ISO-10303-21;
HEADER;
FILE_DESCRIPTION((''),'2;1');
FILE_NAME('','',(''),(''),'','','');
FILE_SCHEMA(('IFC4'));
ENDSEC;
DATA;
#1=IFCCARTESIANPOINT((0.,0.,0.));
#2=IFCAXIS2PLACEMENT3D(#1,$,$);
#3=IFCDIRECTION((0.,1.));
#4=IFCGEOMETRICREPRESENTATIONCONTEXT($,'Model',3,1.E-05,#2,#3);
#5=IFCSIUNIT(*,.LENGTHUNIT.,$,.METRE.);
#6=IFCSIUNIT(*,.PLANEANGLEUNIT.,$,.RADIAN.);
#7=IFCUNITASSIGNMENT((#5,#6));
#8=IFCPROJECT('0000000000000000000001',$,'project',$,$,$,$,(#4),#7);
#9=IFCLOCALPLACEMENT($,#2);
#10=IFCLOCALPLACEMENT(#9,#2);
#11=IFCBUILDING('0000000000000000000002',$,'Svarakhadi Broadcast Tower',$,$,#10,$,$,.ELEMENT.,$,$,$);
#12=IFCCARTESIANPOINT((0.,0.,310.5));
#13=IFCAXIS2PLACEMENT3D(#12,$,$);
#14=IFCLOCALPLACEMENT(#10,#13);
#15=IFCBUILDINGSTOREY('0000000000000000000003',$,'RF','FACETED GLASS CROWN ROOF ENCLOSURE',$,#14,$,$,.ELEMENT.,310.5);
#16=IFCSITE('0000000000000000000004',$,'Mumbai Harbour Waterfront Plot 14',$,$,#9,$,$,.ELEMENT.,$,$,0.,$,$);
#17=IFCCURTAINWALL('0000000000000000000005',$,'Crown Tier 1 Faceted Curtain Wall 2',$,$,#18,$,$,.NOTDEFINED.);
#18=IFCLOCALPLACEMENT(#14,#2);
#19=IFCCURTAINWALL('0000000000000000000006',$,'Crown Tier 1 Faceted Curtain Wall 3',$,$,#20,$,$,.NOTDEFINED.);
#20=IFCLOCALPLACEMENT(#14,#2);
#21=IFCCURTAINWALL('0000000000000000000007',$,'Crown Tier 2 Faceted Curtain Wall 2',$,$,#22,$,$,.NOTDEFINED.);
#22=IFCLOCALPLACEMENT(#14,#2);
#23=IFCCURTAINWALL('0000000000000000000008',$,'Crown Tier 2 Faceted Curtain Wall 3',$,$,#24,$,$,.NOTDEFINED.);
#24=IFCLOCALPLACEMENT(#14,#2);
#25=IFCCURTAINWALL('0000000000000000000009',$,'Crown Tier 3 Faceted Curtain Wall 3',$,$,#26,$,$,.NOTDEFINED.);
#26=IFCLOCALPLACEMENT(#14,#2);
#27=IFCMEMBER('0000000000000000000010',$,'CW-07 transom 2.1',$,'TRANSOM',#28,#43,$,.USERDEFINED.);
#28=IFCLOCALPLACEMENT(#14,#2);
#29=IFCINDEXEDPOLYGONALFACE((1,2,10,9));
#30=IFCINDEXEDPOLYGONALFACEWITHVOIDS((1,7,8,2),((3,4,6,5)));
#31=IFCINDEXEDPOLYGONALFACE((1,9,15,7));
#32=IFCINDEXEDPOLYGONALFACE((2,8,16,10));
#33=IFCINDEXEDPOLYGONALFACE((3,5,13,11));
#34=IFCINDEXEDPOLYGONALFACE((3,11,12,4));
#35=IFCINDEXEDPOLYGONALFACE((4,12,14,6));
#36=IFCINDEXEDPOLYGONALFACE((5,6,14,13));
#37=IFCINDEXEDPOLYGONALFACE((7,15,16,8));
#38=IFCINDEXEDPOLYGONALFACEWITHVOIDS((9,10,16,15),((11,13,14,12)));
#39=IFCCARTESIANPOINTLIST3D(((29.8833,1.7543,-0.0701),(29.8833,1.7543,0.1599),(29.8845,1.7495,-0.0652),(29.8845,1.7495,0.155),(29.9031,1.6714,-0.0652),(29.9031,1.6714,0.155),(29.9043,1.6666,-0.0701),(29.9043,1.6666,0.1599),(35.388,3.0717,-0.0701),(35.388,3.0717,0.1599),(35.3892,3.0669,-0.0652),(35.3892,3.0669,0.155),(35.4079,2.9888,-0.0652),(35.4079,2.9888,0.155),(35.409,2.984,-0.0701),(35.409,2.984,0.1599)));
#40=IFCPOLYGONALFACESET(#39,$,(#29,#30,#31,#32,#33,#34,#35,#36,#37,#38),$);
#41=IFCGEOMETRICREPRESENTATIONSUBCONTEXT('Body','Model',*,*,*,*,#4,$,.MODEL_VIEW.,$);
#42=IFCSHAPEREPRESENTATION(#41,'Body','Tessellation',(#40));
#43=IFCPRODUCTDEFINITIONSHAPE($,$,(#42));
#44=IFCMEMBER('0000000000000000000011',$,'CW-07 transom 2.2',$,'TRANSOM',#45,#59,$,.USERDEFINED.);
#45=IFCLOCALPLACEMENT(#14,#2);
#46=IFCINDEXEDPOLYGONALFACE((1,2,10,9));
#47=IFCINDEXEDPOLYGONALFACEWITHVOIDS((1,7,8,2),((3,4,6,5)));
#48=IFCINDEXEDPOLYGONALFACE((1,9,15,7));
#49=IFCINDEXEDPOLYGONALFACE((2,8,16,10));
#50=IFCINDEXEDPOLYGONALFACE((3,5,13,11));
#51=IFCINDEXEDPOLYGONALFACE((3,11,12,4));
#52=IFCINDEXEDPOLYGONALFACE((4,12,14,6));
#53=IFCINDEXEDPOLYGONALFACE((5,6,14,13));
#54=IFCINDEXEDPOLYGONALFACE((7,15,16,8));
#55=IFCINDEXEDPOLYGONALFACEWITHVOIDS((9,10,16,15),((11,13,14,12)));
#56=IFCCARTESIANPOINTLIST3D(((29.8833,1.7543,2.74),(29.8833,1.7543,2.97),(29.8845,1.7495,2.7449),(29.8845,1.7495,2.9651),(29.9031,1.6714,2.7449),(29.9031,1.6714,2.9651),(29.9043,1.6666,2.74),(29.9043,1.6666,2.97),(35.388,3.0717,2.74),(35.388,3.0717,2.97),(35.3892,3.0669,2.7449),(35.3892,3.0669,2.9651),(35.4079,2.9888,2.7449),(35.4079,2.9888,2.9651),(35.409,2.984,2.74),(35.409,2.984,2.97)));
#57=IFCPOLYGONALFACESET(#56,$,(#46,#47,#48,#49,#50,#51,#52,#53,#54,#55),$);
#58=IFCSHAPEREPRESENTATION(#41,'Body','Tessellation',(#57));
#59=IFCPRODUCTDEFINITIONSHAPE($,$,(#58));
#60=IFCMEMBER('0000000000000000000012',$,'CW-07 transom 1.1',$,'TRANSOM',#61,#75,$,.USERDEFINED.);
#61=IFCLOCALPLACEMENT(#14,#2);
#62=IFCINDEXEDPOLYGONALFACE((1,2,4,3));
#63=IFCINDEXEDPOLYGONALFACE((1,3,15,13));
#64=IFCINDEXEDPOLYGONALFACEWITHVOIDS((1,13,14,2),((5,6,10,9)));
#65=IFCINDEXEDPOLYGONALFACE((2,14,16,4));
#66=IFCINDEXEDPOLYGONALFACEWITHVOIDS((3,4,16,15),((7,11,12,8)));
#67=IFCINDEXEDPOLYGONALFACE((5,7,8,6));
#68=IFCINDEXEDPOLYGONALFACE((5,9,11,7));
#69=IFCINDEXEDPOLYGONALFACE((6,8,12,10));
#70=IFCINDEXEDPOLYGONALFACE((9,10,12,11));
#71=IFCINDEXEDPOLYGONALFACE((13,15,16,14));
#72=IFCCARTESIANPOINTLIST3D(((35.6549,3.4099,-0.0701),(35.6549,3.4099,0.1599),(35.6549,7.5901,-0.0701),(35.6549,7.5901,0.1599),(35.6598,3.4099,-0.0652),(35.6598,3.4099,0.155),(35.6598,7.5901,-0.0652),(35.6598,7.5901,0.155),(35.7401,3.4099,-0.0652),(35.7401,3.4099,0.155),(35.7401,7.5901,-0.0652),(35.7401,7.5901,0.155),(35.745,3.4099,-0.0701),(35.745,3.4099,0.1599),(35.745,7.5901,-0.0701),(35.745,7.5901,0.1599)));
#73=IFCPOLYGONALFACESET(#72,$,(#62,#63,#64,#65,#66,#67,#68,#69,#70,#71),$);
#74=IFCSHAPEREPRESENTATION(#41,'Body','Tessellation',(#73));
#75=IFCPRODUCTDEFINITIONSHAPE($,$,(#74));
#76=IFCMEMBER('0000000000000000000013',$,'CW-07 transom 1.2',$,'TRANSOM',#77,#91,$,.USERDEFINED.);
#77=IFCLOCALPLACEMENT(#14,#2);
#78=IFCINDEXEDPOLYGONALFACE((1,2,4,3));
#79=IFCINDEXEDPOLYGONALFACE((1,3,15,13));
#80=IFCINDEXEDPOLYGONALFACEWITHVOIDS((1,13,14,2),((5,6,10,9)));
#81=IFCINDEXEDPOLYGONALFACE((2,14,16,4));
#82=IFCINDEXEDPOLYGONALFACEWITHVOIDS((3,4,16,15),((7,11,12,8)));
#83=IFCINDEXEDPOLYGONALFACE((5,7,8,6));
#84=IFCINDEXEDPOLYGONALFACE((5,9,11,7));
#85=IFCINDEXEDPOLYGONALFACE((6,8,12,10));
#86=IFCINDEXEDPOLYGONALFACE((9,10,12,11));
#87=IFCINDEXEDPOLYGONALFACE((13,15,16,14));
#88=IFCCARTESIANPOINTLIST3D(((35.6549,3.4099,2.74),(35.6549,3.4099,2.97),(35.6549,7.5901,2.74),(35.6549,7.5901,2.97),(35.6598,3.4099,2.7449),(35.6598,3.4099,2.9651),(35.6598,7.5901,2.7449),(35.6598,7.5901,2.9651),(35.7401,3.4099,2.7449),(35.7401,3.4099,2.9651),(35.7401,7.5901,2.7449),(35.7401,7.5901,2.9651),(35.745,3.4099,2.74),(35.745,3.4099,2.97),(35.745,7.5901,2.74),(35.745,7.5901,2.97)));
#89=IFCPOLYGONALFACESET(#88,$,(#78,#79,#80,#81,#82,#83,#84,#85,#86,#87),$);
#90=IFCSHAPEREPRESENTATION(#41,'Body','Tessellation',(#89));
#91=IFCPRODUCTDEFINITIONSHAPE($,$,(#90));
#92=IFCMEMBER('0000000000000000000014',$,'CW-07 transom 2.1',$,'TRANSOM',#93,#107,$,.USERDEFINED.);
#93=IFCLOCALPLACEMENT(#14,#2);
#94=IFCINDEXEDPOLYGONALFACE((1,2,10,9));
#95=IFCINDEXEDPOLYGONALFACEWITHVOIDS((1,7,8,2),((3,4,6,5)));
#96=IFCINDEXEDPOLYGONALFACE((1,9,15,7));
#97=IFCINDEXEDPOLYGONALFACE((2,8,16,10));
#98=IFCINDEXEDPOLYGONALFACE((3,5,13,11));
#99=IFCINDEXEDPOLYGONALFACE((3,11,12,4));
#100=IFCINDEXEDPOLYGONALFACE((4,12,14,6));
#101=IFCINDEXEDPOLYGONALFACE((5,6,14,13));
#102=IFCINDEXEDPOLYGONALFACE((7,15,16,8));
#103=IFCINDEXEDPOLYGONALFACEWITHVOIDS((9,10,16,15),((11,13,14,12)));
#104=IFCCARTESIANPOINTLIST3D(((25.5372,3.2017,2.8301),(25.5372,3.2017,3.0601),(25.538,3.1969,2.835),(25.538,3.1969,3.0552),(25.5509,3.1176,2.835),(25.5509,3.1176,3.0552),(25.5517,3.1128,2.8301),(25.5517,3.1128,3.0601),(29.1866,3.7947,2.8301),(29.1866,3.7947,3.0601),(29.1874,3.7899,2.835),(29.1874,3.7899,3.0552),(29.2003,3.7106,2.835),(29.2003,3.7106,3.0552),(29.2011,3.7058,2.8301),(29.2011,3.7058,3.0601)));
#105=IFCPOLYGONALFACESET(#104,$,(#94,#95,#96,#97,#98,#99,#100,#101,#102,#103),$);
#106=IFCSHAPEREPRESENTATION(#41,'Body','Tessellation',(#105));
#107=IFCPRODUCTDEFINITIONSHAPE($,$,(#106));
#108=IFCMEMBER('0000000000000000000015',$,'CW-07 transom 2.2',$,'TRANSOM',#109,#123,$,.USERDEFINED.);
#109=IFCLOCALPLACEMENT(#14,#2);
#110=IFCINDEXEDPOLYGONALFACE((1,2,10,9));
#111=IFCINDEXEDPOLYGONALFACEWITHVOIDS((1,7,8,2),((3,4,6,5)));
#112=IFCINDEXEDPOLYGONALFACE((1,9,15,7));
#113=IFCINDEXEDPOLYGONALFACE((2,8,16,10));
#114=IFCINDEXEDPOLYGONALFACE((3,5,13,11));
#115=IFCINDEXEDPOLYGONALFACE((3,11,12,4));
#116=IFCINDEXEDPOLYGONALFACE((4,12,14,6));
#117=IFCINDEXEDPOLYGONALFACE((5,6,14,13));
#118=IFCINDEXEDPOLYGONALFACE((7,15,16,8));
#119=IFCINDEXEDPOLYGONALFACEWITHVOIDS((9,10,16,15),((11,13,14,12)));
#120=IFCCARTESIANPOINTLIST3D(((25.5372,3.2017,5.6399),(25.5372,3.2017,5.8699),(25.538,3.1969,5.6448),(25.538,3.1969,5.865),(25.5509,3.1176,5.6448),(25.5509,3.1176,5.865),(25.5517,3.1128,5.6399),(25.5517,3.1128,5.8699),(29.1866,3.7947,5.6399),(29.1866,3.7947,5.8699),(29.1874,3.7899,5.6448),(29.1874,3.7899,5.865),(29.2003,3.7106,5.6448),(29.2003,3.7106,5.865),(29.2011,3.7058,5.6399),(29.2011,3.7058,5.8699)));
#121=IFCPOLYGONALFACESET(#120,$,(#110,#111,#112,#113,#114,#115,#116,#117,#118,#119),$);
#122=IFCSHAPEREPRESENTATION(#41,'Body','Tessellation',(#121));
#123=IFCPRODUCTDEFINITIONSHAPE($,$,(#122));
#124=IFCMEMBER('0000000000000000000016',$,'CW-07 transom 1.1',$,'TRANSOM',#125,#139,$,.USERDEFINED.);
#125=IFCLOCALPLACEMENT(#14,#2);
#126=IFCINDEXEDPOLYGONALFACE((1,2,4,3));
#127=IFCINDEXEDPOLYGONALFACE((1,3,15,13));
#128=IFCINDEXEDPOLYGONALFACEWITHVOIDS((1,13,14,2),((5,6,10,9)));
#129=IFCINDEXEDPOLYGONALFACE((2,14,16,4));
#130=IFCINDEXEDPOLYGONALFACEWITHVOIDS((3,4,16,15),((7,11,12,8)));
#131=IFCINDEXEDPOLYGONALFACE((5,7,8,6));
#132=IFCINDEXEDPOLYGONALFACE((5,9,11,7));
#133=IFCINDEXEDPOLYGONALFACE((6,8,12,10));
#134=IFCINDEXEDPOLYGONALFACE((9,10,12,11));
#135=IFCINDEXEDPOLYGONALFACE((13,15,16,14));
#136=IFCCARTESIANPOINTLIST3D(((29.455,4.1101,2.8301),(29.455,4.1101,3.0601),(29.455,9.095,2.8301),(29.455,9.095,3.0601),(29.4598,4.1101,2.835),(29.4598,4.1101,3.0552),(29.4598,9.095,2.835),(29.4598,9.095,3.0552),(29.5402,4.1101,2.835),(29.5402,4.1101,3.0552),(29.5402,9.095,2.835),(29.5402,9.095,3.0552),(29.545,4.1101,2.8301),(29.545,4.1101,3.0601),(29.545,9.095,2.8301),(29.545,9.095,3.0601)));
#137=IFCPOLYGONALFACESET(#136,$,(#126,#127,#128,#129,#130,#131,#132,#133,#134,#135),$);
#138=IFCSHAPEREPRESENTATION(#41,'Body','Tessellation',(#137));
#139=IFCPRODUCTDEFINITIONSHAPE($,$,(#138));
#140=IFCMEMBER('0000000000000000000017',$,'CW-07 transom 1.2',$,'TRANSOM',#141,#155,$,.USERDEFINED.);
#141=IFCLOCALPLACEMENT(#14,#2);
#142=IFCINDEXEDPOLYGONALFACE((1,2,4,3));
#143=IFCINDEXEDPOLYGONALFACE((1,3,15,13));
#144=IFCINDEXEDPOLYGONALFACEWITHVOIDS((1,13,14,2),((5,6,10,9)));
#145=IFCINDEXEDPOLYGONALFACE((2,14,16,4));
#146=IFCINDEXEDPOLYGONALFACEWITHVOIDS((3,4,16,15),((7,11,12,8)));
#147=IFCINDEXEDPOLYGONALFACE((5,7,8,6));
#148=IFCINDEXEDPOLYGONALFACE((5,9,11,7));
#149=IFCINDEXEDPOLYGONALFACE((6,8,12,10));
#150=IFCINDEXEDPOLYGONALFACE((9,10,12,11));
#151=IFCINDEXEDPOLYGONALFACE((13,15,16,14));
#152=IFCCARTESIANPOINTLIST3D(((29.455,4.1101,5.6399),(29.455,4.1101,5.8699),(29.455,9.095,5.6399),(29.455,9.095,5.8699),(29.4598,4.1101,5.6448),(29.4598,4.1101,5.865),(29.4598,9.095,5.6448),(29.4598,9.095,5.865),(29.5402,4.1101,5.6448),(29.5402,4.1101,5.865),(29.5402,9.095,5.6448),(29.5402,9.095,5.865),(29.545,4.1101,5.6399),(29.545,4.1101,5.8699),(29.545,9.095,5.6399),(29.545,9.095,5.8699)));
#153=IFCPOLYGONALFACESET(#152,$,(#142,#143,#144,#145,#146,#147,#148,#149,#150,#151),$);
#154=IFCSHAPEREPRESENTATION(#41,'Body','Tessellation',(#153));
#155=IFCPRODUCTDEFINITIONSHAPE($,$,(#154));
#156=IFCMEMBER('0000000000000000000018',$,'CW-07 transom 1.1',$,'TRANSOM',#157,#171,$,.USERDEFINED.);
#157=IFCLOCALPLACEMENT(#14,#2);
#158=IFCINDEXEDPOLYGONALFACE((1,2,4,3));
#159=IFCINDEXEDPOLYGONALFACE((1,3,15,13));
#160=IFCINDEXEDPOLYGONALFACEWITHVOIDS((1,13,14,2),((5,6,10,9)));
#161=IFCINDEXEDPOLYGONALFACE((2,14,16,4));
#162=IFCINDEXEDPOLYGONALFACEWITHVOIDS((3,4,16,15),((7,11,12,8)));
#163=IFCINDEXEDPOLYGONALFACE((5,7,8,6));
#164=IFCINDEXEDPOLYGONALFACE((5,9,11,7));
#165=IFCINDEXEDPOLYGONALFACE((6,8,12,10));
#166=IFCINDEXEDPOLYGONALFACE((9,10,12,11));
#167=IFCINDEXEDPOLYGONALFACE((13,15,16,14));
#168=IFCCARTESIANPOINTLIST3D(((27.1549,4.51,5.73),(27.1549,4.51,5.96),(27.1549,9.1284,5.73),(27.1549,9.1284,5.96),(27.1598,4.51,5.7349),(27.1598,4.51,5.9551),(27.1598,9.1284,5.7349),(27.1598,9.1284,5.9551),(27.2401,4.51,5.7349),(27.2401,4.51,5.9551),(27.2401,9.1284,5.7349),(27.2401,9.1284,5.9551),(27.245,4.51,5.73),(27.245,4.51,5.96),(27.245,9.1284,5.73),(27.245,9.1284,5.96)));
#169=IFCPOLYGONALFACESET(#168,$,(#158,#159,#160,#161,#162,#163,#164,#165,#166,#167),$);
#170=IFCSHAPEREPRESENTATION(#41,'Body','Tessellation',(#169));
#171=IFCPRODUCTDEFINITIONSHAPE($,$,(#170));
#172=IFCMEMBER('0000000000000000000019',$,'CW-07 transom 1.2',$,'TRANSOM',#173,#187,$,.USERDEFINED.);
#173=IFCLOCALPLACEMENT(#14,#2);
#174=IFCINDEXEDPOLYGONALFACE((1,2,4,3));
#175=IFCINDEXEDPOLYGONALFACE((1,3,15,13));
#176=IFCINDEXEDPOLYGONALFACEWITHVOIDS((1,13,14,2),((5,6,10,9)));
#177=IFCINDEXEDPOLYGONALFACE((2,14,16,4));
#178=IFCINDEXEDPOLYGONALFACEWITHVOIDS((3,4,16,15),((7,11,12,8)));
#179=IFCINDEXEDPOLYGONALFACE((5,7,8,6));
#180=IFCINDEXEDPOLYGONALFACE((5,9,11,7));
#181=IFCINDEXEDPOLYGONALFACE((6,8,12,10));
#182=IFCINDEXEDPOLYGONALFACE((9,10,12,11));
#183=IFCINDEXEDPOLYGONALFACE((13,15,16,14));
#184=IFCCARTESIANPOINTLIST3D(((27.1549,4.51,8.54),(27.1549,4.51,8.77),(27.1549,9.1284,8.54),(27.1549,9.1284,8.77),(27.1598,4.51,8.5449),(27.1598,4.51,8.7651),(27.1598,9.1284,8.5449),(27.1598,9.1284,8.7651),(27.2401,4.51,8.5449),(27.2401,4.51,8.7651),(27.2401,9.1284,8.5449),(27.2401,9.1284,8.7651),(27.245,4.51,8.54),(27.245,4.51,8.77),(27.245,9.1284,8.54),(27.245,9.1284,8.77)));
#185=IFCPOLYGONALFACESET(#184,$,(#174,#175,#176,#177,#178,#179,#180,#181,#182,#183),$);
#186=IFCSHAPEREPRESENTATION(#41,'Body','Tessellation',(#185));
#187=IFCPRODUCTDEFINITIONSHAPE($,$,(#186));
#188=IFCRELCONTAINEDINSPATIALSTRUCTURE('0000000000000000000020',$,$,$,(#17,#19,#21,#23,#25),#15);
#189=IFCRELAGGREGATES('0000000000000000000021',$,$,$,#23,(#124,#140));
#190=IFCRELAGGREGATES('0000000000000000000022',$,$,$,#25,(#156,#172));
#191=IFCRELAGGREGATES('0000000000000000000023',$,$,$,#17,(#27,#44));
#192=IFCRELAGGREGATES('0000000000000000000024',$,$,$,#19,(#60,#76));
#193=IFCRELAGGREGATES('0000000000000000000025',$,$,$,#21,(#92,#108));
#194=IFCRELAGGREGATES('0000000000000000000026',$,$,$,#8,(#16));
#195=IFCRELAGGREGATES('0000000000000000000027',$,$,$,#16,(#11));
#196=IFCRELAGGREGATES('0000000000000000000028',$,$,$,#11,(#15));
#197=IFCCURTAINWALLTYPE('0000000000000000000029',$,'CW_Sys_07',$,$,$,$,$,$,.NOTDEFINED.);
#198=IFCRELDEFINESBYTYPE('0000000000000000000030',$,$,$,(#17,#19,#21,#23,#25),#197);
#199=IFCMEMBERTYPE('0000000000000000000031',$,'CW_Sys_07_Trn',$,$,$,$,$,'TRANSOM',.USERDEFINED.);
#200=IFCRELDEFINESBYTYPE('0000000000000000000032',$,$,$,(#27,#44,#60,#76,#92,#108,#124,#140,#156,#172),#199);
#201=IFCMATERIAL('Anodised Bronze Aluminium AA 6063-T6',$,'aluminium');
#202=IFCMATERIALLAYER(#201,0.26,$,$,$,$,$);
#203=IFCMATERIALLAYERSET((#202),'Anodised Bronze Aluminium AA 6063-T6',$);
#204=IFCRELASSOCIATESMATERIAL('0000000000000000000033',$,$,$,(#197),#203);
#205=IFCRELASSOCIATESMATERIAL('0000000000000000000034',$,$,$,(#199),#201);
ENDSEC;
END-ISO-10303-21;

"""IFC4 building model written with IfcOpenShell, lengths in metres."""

from ifc_helpers import new_model, si_unit, direction, frame, origin, origin_2d, place, context, subcontext, project, spatial, hollow_rectangle, extrude, material, layer, layer_set, material_profile, profile_set, type_object, element, aggregate, save


model = new_model("IFC4")

# Units and contexts
model_context = context("Model", 3, precision=1e-05, world=origin(), true_north=direction((0.0, 1.0)))
body_context = subcontext(model_context, "Body", "Model", "MODEL_VIEW")
ifc_project = project(units=[si_unit("LENGTHUNIT", "METRE"), si_unit("PLANEANGLEUNIT", "RADIAN")], contexts=[model_context])

# Site, building, storey
site_placement = place(None, origin())
site = spatial("IfcSite", under=ifc_project, at=site_placement, Name="Mumbai Harbour Waterfront Plot 14", CompositionType="ELEMENT", RefElevation=0.0)
building_placement = place(site_placement, origin())
building = spatial("IfcBuilding", under=site, at=building_placement, Name="Svarakhadi Broadcast Tower", CompositionType="ELEMENT")
storey_placement = place(building_placement, frame((0.0, 0.0, 310.5)))
storey = spatial("IfcBuildingStorey", under=building, at=storey_placement, Name="RF", Description="FACETED GLASS CROWN ROOF ENCLOSURE", CompositionType="ELEMENT", Elevation=310.5)

# Curtain wall
ifc_material_1 = material(Name="Anodised Bronze Aluminium AA 6063-T6", Category="aluminium")
ifc_layer_1 = layer(ifc_material_1, 0.26)
ifc_layer_set_1 = layer_set([ifc_layer_1], Name="Anodised Bronze Aluminium AA 6063-T6")
curtain_wall_type = type_object("IfcCurtainWallType", Name="CW_Sys_07", PredefinedType="NOTDEFINED", material=ifc_layer_set_1)
curtain_wall_1_placement = place(storey_placement, origin())
curtain_wall_1 = element("IfcCurtainWall", 1, at=curtain_wall_1_placement, inside=storey, type_object=curtain_wall_type, Name="Crown Tier 1 Faceted Curtain Wall 2", PredefinedType="NOTDEFINED")

# Curtain wall
curtain_wall_2_placement = place(storey_placement, origin())
curtain_wall_2 = element("IfcCurtainWall", 2, at=curtain_wall_2_placement, inside=storey, type_object=curtain_wall_type, Name="Crown Tier 1 Faceted Curtain Wall 3", PredefinedType="NOTDEFINED")

# Curtain wall
curtain_wall_3_placement = place(storey_placement, origin())
curtain_wall_3 = element("IfcCurtainWall", 3, at=curtain_wall_3_placement, inside=storey, type_object=curtain_wall_type, Name="Crown Tier 2 Faceted Curtain Wall 2", PredefinedType="NOTDEFINED")

# Curtain walls
curtain_wall_4_placement = place(storey_placement, origin())
curtain_wall_4 = element("IfcCurtainWall", 4, at=curtain_wall_4_placement, inside=storey, type_object=curtain_wall_type, Name="Crown Tier 2 Faceted Curtain Wall 3", PredefinedType="NOTDEFINED")
curtain_wall_5_placement = place(storey_placement, origin())
curtain_wall_5 = element("IfcCurtainWall", 5, at=curtain_wall_5_placement, inside=storey, type_object=curtain_wall_type, Name="Crown Tier 3 Faceted Curtain Wall 3", PredefinedType="NOTDEFINED")

# Members
ifc_material_profile_1 = material_profile(ifc_material_1, hollow_rectangle(XDim=0.0901, YDim=0.23, WallThickness=0.0049, at=origin_2d()), Name="ALU TRANSOM 230x90x5")
ifc_profile_set_1 = profile_set([ifc_material_profile_1], Name="Anodised Bronze Aluminium AA 6063-T6")
member_type_1 = type_object("IfcMemberType", Name="CW_Sys_07_Trn", ElementType="TRANSOM", PredefinedType="USERDEFINED", material=ifc_profile_set_1)
member_1_placement = place(storey_placement, frame((29.8938, 1.7104, 0.0449), z_axis=(0.972537, 0.23275, 0.0), x_axis=(-0.23275, 0.972537, 0.0)))
member_1 = element("IfcMember", 6, at=member_1_placement, type_object=member_type_1, Name="CW-07 transom 2.1", ObjectType="TRANSOM", PredefinedType="USERDEFINED", context=body_context, shape_type="SweptSolid", body=[
    extrude(hollow_rectangle(XDim=0.0901, YDim=0.23, WallThickness=0.0049, at=origin_2d()), origin(), (0.0, 0.0, 1.0), 5.6602),
])
member_2_placement = place(storey_placement, frame((29.8938, 1.7104, 2.855), z_axis=(0.972537, 0.23275, 0.0), x_axis=(-0.23275, 0.972537, 0.0)))
member_2 = element("IfcMember", 7, at=member_2_placement, type_object=member_type_1, Name="CW-07 transom 2.2", ObjectType="TRANSOM", PredefinedType="USERDEFINED", context=body_context, shape_type="SweptSolid", body=[
    extrude(hollow_rectangle(XDim=0.0901, YDim=0.23, WallThickness=0.0049, at=origin_2d()), origin(), (0.0, 0.0, 1.0), 5.6602),
])
member_3_placement = place(storey_placement, frame((35.7, 3.4099, 0.0449), z_axis=(0.0, 1.0, 0.0), x_axis=(-1.0, 0.0, 0.0)))
member_3 = element("IfcMember", 8, at=member_3_placement, type_object=member_type_1, Name="CW-07 transom 1.1", ObjectType="TRANSOM", PredefinedType="USERDEFINED", context=body_context, shape_type="SweptSolid", body=[
    extrude(hollow_rectangle(XDim=0.0901, YDim=0.23, WallThickness=0.0049, at=origin_2d()), origin(), (0.0, 0.0, 1.0), 4.1802),
])
member_4_placement = place(storey_placement, frame((35.7, 3.4099, 2.855), z_axis=(0.0, 1.0, 0.0), x_axis=(-1.0, 0.0, 0.0)))
member_4 = element("IfcMember", 9, at=member_4_placement, type_object=member_type_1, Name="CW-07 transom 1.2", ObjectType="TRANSOM", PredefinedType="USERDEFINED", context=body_context, shape_type="SweptSolid", body=[
    extrude(hollow_rectangle(XDim=0.0901, YDim=0.23, WallThickness=0.0049, at=origin_2d()), origin(), (0.0, 0.0, 1.0), 4.1802),
])
member_5_placement = place(storey_placement, frame((25.5444, 3.1572, 2.9451), z_axis=(0.987053, 0.160393, 0.0), x_axis=(-0.160393, 0.987053, 0.0)))
member_5 = element("IfcMember", 10, at=member_5_placement, type_object=member_type_1, Name="CW-07 transom 2.1", ObjectType="TRANSOM", PredefinedType="USERDEFINED", context=body_context, shape_type="SweptSolid", body=[
    extrude(hollow_rectangle(XDim=0.0901, YDim=0.23, WallThickness=0.0049, at=origin_2d()), origin(), (0.0, 0.0, 1.0), 3.6973),
])
member_6_placement = place(storey_placement, frame((25.5444, 3.1572, 5.7549), z_axis=(0.987053, 0.160393, 0.0), x_axis=(-0.160393, 0.987053, 0.0)))
member_6 = element("IfcMember", 11, at=member_6_placement, type_object=member_type_1, Name="CW-07 transom 2.2", ObjectType="TRANSOM", PredefinedType="USERDEFINED", context=body_context, shape_type="SweptSolid", body=[
    extrude(hollow_rectangle(XDim=0.0901, YDim=0.23, WallThickness=0.0049, at=origin_2d()), origin(), (0.0, 0.0, 1.0), 3.6973),
])
member_7_placement = place(storey_placement, frame((29.5, 4.1101, 2.9451), z_axis=(0.0, 1.0, 0.0), x_axis=(-1.0, 0.0, 0.0)))
member_7 = element("IfcMember", 12, at=member_7_placement, type_object=member_type_1, Name="CW-07 transom 1.1", ObjectType="TRANSOM", PredefinedType="USERDEFINED", context=body_context, shape_type="SweptSolid", body=[
    extrude(hollow_rectangle(XDim=0.0901, YDim=0.23, WallThickness=0.0049, at=origin_2d()), origin(), (0.0, 0.0, 1.0), 4.9849),
])
member_8_placement = place(storey_placement, frame((29.5, 4.1101, 5.7549), z_axis=(0.0, 1.0, 0.0), x_axis=(-1.0, 0.0, 0.0)))
member_8 = element("IfcMember", 13, at=member_8_placement, type_object=member_type_1, Name="CW-07 transom 1.2", ObjectType="TRANSOM", PredefinedType="USERDEFINED", context=body_context, shape_type="SweptSolid", body=[
    extrude(hollow_rectangle(XDim=0.0901, YDim=0.23, WallThickness=0.0049, at=origin_2d()), origin(), (0.0, 0.0, 1.0), 4.9849),
])
aggregate(curtain_wall_4, [member_7, member_8])
member_9_placement = place(storey_placement, frame((27.2, 4.51, 5.845), z_axis=(0.0, 1.0, 0.0), x_axis=(-1.0, 0.0, 0.0)))
member_9 = element("IfcMember", 14, at=member_9_placement, type_object=member_type_1, Name="CW-07 transom 1.1", ObjectType="TRANSOM", PredefinedType="USERDEFINED", context=body_context, shape_type="SweptSolid", body=[
    extrude(hollow_rectangle(XDim=0.0901, YDim=0.23, WallThickness=0.0049, at=origin_2d()), origin(), (0.0, 0.0, 1.0), 4.6184),
])
member_10_placement = place(storey_placement, frame((27.2, 4.51, 8.655), z_axis=(0.0, 1.0, 0.0), x_axis=(-1.0, 0.0, 0.0)))
member_10 = element("IfcMember", 15, at=member_10_placement, type_object=member_type_1, Name="CW-07 transom 1.2", ObjectType="TRANSOM", PredefinedType="USERDEFINED", context=body_context, shape_type="SweptSolid", body=[
    extrude(hollow_rectangle(XDim=0.0901, YDim=0.23, WallThickness=0.0049, at=origin_2d()), origin(), (0.0, 0.0, 1.0), 4.6184),
])
aggregate(curtain_wall_5, [member_9, member_10])

aggregate(curtain_wall_1, [member_1, member_2])
aggregate(curtain_wall_2, [member_3, member_4])
aggregate(curtain_wall_3, [member_5, member_6])

save(model, "model.ifc")
